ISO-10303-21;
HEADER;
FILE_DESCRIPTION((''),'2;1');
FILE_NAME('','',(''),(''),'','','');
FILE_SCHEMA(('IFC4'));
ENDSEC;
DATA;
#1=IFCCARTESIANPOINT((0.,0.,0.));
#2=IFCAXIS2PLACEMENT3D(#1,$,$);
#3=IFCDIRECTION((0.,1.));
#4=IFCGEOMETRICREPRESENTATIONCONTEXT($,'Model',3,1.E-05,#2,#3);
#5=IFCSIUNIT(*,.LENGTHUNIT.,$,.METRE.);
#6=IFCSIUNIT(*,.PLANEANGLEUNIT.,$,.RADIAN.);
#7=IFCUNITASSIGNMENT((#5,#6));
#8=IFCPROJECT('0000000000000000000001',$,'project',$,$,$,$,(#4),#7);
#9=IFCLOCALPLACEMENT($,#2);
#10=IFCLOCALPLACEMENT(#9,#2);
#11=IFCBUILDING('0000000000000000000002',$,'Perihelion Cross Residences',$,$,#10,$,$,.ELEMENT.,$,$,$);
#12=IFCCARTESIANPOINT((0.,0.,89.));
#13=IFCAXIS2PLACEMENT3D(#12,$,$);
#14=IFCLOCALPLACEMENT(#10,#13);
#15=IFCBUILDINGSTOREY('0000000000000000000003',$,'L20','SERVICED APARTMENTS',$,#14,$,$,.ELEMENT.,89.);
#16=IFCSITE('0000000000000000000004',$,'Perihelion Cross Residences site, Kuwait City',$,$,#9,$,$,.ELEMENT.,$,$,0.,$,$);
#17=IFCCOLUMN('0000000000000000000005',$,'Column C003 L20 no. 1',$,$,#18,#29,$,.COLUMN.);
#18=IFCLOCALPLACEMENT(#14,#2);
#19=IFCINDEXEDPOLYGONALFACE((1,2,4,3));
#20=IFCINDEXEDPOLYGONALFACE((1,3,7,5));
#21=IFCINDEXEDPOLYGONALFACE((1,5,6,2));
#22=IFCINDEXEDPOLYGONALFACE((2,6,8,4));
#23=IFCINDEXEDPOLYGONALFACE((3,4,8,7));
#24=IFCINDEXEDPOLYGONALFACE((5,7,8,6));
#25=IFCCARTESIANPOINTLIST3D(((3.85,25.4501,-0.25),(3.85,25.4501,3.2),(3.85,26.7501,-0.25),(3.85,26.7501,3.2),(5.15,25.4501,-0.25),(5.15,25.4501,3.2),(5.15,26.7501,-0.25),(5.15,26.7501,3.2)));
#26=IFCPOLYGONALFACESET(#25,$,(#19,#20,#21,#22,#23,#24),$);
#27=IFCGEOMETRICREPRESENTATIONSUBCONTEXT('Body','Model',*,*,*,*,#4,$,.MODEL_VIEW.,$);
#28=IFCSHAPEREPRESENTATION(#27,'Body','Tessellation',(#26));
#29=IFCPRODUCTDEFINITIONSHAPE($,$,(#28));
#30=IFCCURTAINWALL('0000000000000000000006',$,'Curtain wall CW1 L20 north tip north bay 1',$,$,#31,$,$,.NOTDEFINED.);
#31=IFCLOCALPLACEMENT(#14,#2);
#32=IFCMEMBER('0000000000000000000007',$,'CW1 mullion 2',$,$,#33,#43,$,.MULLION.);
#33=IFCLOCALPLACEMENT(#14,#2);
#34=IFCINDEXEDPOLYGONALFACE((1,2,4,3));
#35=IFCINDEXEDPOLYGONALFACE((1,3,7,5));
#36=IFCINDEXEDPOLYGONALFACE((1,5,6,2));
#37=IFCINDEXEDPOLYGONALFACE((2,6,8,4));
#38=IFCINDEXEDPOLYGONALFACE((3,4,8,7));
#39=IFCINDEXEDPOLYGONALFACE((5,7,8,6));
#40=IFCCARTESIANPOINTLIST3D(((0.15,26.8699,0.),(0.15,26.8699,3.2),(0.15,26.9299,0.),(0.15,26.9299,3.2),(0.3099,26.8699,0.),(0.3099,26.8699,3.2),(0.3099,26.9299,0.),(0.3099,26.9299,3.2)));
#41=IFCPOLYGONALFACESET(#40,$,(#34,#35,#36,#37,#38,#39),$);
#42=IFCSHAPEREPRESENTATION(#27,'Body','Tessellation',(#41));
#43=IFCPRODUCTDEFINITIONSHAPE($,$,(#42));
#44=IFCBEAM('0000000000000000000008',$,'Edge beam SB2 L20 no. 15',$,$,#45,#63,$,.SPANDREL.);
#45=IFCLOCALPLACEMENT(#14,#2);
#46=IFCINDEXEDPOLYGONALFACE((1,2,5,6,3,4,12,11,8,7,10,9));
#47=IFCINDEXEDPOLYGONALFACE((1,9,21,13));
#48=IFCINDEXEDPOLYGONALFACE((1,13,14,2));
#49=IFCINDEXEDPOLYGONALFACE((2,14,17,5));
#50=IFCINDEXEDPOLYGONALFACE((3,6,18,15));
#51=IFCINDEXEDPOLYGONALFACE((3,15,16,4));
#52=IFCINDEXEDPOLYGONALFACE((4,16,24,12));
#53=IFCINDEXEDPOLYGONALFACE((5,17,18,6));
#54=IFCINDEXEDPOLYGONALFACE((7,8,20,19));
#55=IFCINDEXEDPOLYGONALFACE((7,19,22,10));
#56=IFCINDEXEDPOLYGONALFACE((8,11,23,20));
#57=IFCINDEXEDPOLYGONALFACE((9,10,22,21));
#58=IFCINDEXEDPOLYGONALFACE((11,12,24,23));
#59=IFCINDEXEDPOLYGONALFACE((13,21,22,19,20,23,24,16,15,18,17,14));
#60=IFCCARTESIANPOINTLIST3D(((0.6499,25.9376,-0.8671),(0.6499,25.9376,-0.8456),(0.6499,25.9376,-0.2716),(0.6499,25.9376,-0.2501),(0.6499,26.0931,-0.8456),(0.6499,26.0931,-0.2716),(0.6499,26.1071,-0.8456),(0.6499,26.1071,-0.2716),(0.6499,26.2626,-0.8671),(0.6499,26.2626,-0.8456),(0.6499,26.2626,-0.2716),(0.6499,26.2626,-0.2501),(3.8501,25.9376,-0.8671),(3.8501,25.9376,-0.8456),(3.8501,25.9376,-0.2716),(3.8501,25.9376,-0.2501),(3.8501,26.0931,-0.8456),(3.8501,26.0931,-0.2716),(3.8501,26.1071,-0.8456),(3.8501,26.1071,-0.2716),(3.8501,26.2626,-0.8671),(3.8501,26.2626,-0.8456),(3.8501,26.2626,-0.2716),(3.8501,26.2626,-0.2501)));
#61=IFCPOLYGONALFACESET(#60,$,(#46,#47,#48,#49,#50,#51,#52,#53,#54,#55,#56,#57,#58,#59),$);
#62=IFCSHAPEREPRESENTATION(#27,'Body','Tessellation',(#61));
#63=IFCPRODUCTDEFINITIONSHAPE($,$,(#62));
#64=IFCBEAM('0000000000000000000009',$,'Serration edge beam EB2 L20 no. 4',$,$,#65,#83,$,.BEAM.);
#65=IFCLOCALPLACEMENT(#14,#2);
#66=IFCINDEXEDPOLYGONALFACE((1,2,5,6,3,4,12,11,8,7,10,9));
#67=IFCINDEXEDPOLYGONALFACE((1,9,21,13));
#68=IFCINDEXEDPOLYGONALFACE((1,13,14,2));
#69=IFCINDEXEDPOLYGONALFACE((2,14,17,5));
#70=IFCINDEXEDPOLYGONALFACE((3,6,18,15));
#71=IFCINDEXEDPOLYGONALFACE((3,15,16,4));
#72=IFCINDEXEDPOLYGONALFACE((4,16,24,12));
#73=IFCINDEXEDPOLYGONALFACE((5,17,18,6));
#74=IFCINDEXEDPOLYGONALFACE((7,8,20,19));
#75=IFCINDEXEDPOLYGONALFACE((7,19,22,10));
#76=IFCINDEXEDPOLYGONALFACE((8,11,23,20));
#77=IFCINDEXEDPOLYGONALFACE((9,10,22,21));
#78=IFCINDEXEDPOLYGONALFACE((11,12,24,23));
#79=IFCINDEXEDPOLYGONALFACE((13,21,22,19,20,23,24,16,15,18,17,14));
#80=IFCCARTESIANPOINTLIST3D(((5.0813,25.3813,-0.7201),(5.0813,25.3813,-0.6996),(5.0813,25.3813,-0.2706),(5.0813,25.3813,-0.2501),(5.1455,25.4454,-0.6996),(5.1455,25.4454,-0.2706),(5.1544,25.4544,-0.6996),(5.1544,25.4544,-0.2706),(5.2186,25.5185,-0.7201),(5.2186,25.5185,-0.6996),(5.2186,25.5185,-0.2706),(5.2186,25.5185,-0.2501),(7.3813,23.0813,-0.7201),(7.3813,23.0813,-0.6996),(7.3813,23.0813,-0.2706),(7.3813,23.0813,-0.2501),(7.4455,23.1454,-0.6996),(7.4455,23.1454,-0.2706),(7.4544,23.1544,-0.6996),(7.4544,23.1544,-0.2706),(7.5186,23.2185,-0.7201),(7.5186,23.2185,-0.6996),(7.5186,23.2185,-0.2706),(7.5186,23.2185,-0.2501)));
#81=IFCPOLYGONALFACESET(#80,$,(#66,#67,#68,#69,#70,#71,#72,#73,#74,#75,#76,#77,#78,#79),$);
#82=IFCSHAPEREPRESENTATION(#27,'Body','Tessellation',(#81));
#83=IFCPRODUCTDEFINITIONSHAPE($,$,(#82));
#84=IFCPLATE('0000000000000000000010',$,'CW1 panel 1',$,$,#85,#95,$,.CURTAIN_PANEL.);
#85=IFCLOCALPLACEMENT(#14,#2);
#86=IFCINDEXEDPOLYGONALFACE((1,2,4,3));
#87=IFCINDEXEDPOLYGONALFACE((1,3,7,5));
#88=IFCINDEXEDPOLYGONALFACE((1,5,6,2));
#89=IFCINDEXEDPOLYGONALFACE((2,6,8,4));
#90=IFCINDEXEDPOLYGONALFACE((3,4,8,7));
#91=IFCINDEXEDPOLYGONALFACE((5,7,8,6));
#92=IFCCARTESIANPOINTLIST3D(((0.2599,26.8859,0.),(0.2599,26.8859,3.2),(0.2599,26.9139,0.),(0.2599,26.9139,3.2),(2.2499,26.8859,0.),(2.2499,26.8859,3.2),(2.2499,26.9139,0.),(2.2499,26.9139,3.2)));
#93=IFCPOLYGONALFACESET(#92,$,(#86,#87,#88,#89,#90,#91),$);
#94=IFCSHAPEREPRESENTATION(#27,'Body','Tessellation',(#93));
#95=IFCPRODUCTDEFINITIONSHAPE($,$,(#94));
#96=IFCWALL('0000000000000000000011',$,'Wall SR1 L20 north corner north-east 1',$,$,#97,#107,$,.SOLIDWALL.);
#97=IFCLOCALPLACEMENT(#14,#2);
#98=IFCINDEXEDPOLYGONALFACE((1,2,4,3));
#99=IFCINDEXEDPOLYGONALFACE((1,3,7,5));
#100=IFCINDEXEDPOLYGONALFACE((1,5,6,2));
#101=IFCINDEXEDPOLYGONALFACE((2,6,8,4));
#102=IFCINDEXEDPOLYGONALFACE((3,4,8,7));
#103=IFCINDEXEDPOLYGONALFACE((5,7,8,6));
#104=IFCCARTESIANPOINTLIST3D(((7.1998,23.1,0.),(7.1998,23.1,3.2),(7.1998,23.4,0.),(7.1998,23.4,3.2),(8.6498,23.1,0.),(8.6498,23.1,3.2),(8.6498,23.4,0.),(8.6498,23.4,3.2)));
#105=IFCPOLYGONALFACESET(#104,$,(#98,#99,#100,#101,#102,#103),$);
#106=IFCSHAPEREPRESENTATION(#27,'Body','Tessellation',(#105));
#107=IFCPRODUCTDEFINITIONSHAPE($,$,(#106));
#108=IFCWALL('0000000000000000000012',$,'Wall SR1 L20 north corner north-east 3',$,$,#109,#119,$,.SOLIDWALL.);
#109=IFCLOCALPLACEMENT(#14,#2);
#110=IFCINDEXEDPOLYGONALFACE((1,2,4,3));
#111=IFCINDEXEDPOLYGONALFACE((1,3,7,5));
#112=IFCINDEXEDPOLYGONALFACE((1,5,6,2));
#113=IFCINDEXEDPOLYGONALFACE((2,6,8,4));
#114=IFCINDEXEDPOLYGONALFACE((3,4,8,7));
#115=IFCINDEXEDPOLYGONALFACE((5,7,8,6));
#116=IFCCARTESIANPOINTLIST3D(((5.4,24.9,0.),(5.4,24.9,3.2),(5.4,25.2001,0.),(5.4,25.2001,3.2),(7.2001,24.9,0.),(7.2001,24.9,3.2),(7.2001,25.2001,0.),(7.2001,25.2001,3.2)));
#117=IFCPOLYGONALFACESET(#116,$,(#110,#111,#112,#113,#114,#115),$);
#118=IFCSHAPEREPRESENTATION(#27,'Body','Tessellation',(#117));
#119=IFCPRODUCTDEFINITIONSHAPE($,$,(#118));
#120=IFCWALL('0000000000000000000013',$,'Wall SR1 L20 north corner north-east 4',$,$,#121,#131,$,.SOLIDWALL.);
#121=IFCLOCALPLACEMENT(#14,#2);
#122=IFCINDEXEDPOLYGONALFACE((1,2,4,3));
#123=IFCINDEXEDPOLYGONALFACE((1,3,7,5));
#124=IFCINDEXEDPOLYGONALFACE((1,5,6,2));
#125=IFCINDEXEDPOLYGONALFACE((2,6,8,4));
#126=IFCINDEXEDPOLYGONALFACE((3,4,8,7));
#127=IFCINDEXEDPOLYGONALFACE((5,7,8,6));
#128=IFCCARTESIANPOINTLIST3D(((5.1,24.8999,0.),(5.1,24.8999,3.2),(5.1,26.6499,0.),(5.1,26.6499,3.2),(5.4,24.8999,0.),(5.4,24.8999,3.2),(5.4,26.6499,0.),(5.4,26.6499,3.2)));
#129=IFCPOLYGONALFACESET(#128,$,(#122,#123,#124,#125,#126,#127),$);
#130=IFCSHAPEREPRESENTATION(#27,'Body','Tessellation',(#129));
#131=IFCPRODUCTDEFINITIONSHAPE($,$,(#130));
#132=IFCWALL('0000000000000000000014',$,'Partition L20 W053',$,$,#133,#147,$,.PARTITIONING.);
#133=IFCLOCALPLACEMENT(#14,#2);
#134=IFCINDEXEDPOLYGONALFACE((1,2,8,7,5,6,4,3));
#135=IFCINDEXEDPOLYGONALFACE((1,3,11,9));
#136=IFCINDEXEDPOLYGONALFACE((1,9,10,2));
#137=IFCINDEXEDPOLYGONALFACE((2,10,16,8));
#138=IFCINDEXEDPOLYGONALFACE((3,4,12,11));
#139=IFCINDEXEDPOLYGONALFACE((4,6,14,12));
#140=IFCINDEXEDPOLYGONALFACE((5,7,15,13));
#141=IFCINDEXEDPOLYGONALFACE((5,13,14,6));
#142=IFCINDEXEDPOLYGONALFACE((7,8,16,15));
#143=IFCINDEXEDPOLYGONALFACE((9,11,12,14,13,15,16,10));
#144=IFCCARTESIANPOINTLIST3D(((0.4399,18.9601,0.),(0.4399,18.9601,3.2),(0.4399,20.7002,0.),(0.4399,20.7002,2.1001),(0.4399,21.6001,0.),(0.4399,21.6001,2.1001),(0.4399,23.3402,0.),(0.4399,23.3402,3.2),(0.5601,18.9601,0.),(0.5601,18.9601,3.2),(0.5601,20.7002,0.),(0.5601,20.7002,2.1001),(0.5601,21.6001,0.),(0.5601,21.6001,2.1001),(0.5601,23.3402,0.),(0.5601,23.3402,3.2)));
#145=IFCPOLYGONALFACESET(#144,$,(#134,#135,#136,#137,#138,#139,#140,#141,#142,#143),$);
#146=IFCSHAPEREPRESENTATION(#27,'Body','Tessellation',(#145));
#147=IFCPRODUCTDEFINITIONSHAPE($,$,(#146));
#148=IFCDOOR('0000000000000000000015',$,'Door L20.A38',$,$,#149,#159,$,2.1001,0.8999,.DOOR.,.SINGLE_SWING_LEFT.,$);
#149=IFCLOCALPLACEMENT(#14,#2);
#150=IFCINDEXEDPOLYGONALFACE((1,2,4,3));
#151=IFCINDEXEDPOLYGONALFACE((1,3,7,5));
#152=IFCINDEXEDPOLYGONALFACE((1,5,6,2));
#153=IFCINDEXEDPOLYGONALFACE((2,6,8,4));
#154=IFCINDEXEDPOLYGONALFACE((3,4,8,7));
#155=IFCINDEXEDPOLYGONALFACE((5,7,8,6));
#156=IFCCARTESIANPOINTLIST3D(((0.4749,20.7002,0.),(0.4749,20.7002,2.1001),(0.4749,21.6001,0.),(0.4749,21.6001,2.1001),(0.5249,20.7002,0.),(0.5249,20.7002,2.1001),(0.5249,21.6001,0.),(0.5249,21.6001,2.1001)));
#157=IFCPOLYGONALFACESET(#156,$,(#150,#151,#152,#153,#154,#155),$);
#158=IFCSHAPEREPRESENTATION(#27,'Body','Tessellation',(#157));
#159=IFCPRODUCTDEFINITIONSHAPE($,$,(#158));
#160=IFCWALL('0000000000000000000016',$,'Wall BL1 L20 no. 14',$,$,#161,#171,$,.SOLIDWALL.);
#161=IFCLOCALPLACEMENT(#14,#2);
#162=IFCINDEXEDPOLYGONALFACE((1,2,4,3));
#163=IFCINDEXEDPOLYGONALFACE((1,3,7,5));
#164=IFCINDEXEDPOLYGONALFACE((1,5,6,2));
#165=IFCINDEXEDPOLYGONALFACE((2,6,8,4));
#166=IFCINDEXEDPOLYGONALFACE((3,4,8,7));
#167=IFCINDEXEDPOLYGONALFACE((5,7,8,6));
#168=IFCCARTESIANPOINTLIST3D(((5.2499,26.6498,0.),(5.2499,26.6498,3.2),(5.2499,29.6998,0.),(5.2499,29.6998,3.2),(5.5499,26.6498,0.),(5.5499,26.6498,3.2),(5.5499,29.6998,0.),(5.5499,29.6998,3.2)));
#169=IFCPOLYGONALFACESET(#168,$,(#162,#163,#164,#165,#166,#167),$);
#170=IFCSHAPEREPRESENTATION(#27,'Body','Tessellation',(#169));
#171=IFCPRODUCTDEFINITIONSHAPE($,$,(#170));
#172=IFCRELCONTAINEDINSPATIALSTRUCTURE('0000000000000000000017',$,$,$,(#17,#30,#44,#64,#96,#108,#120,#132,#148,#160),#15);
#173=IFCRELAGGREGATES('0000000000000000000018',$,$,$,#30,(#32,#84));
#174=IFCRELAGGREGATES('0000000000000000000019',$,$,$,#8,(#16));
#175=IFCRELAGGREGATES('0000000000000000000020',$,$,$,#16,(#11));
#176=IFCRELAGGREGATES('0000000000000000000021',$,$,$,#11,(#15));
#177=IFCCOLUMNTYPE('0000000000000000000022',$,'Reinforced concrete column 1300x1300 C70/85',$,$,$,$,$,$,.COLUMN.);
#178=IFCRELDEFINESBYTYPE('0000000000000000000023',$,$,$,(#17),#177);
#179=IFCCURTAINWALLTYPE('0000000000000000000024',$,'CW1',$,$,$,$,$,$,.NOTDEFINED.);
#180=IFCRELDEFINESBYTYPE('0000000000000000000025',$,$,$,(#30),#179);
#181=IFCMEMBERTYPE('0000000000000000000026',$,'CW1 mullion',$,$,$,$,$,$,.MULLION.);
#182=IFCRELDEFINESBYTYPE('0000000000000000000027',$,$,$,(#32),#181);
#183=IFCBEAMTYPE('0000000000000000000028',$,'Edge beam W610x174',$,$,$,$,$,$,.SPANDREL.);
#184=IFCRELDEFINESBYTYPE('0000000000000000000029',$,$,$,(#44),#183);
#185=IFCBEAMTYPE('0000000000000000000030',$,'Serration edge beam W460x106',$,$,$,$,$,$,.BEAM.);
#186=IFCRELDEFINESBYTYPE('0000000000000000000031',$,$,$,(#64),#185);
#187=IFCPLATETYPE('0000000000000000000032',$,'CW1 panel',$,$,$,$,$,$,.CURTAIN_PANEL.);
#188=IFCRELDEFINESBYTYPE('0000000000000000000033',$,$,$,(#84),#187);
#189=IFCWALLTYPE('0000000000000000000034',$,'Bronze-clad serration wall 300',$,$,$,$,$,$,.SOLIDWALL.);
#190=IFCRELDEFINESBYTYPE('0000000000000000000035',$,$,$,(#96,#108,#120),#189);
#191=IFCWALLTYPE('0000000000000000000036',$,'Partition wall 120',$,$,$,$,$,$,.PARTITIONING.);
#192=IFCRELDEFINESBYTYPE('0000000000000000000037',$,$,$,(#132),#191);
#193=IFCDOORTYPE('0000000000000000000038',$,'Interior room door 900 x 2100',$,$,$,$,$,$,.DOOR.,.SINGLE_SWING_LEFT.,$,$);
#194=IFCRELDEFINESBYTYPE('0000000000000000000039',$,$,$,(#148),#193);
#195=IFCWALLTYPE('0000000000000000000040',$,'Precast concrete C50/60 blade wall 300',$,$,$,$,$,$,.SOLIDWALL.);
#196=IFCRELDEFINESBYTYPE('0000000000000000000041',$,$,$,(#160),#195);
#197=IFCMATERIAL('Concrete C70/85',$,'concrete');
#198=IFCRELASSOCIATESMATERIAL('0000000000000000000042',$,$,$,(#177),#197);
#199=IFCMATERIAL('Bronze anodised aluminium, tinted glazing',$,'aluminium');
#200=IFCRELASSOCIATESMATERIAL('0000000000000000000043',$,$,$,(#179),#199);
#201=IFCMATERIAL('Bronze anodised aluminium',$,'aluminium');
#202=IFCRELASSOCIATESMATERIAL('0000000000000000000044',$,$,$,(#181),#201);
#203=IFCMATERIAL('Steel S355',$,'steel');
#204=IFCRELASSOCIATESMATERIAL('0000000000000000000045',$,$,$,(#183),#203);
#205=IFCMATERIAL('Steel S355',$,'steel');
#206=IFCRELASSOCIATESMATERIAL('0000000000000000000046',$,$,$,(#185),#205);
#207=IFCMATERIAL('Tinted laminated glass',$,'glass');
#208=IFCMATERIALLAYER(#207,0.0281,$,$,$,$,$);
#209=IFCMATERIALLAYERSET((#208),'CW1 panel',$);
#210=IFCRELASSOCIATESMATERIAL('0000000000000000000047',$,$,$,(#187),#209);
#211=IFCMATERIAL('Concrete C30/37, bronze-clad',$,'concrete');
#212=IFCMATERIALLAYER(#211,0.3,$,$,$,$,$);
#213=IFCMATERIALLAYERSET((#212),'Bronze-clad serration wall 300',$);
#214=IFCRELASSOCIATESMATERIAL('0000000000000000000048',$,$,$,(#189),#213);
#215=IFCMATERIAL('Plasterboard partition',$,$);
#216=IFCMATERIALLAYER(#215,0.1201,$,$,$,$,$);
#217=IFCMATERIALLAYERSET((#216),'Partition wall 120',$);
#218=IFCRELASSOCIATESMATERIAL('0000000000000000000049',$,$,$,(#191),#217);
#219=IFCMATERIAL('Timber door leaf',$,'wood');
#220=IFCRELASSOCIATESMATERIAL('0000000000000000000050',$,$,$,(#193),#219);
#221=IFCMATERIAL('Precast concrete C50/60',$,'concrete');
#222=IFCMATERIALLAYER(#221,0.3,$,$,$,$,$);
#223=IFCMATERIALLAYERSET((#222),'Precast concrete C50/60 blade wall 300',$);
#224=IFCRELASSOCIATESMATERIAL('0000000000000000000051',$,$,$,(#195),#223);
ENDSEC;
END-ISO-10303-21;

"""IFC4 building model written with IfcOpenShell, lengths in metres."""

from ifc_helpers import new_model, si_unit, direction, frame, frame_2d, origin, origin_2d, place, context, subcontext, project, spatial, rectangle, i_section, extrude, material, layer, layer_set, material_profile, profile_set, type_object, element, fill, aggregate, save


model = new_model("IFC4")

# Units and contexts
model_context = context("Model", 3, precision=1e-05, world=origin(), true_north=direction((0.0, 1.0)))
body_context = subcontext(model_context, "Body", "Model", "MODEL_VIEW")
ifc_project = project(units=[si_unit("LENGTHUNIT", "METRE"), si_unit("PLANEANGLEUNIT", "RADIAN")], contexts=[model_context])

# Site, building, storey
site_placement = place(None, origin())
site = spatial("IfcSite", under=ifc_project, at=site_placement, Name="Perihelion Cross Residences site, Kuwait City", CompositionType="ELEMENT", RefElevation=0.0)
building_placement = place(site_placement, origin())
building = spatial("IfcBuilding", under=site, at=building_placement, Name="Perihelion Cross Residences", CompositionType="ELEMENT")
storey_placement = place(building_placement, frame((0.0, 0.0, 89.0)))
storey = spatial("IfcBuildingStorey", under=building, at=storey_placement, Name="L20", Description="SERVICED APARTMENTS", CompositionType="ELEMENT", Elevation=89.0)

# Column
ifc_material_1 = material(Name="Concrete C70/85", Category="concrete")
ifc_material_profile_1 = material_profile(ifc_material_1, rectangle(XDim=1.3, YDim=1.3, at=origin_2d()), Name="RC 1300x1300")
ifc_profile_set_1 = profile_set([ifc_material_profile_1], Name="Concrete C70/85")
column_type = type_object("IfcColumnType", Name="Reinforced concrete column 1300x1300 C70/85", PredefinedType="COLUMN", material=ifc_profile_set_1)
column_placement = place(storey_placement, frame((4.5, 26.1001, -0.25), z_axis=(0.0, 0.0, 1.0), x_axis=(1.0, 0.0, 0.0)))
element("IfcColumn", 1, at=column_placement, inside=storey, type_object=column_type, Name="Column C003 L20 no. 1", PredefinedType="COLUMN", context=body_context, shape_type="SweptSolid", body=[
    extrude(rectangle(XDim=1.3, YDim=1.3, at=origin_2d()), origin(), (0.0, 0.0, 1.0), 3.45),
])

# Curtain wall, member
ifc_material_2 = material(Name="Bronze anodised aluminium, tinted glazing", Category="aluminium")
curtain_wall_type = type_object("IfcCurtainWallType", Name="CW1", PredefinedType="NOTDEFINED", material=ifc_material_2)
curtain_wall_placement = place(storey_placement, origin())
curtain_wall = element("IfcCurtainWall", 2, at=curtain_wall_placement, inside=storey, type_object=curtain_wall_type, Name="Curtain wall CW1 L20 north tip north bay 1", PredefinedType="NOTDEFINED")
ifc_material_3 = material(Name="Bronze anodised aluminium", Category="aluminium")
ifc_material_profile_2 = material_profile(ifc_material_3, rectangle(XDim=0.0601, YDim=0.1599, at=origin_2d()), Name="CW1 mullion")
ifc_profile_set_2 = profile_set([ifc_material_profile_2], Name="Bronze anodised aluminium")
member_type = type_object("IfcMemberType", Name="CW1 mullion", PredefinedType="MULLION", material=ifc_profile_set_2)
member_placement = place(storey_placement, frame((0.23, 26.8999, 0.0), z_axis=(0.0, 0.0, 1.0), x_axis=(0.0, -1.0, 0.0)))
member = element("IfcMember", 3, at=member_placement, type_object=member_type, Name="CW1 mullion 2", PredefinedType="MULLION", context=body_context, shape_type="SweptSolid", body=[
    extrude(rectangle(XDim=0.0601, YDim=0.1599, at=origin_2d()), origin(), (0.0, 0.0, 1.0), 3.2),
])

# Beams
ifc_material_4 = material(Name="Steel S355", Category="steel")
ifc_material_profile_3 = material_profile(ifc_material_4, i_section(OverallWidth=0.325, OverallDepth=0.6169, WebThickness=0.0139, FlangeThickness=0.0215, at=origin_2d()), Name="W610x174")
ifc_profile_set_3 = profile_set([ifc_material_profile_3], Name="Steel S355")
beam_type_1 = type_object("IfcBeamType", Name="Edge beam W610x174", PredefinedType="SPANDREL", material=ifc_profile_set_3)
beam_1_placement = place(storey_placement, frame((3.8501, 26.1001, -0.5586), z_axis=(-1.0, 0.0, 0.0), x_axis=(0.0, -1.0, 0.0)))
element("IfcBeam", 4, at=beam_1_placement, inside=storey, type_object=beam_type_1, Name="Edge beam SB2 L20 no. 15", PredefinedType="SPANDREL", context=body_context, shape_type="SweptSolid", body=[
    extrude(i_section(OverallWidth=0.325, OverallDepth=0.6169, WebThickness=0.0139, FlangeThickness=0.0215, at=origin_2d()), origin(), (0.0, 0.0, 1.0), 3.2002),
])
ifc_material_5 = material(Name="Steel S355", Category="steel")
ifc_material_profile_4 = material_profile(ifc_material_5, i_section(OverallWidth=0.1941, OverallDepth=0.47, WebThickness=0.0127, FlangeThickness=0.0205, at=origin_2d()), Name="W460x106")
ifc_profile_set_4 = profile_set([ifc_material_profile_4], Name="Steel S355")
beam_type_2 = type_object("IfcBeamType", Name="Serration edge beam W460x106", PredefinedType="BEAM", material=ifc_profile_set_4)
beam_2_placement = place(storey_placement, frame((7.45, 23.1499, -0.4851), z_axis=(-0.707107, 0.707107, 0.0), x_axis=(-0.707107, -0.707107, 0.0)))
element("IfcBeam", 5, at=beam_2_placement, inside=storey, type_object=beam_type_2, Name="Serration edge beam EB2 L20 no. 4", PredefinedType="BEAM", context=body_context, shape_type="SweptSolid", body=[
    extrude(i_section(OverallWidth=0.1941, OverallDepth=0.47, WebThickness=0.0127, FlangeThickness=0.0205, at=origin_2d()), origin(), (0.0, 0.0, 1.0), 3.2527),
])

# Plate
ifc_material_6 = material(Name="Tinted laminated glass", Category="glass")
ifc_layer_1 = layer(ifc_material_6, 0.0281)
ifc_layer_set_1 = layer_set([ifc_layer_1], Name="CW1 panel")
plate_type = type_object("IfcPlateType", Name="CW1 panel", PredefinedType="CURTAIN_PANEL", material=ifc_layer_set_1)
plate_placement = place(storey_placement, frame((1.2549, 26.8999, 0.0), z_axis=(0.0, 0.0, 1.0), x_axis=(-1.0, 0.0, 0.0)))
plate = element("IfcPlate", 6, at=plate_placement, type_object=plate_type, Name="CW1 panel 1", PredefinedType="CURTAIN_PANEL", context=body_context, shape_type="SweptSolid", body=[
    extrude(rectangle(XDim=1.99, YDim=0.0281, at=origin_2d()), origin(), (0.0, 0.0, 1.0), 3.2),
])
aggregate(curtain_wall, [member, plate])

# Walls
ifc_material_7 = material(Name="Concrete C30/37, bronze-clad", Category="concrete")
ifc_layer_2 = layer(ifc_material_7, 0.3)
ifc_layer_set_2 = layer_set([ifc_layer_2], Name="Bronze-clad serration wall 300")
wall_type_1 = type_object("IfcWallType", Name="Bronze-clad serration wall 300", PredefinedType="SOLIDWALL", material=ifc_layer_set_2)
wall_1_placement = place(storey_placement, frame((8.6499, 23.25, 0.0), z_axis=(0.0, 0.0, 1.0), x_axis=(-1.0, 0.0, 0.0)))
element("IfcWall", 7, at=wall_1_placement, inside=storey, type_object=wall_type_1, Name="Wall SR1 L20 north corner north-east 1", PredefinedType="SOLIDWALL", context=body_context, shape_type="SweptSolid", body=[
    extrude(rectangle(XDim=1.45, YDim=0.3, at=frame_2d((0.7251, 0.0))), origin(), (0.0, 0.0, 1.0), 3.2),
])
wall_2_placement = place(storey_placement, frame((7.2, 25.05, 0.0), z_axis=(0.0, 0.0, 1.0), x_axis=(-1.0, 0.0, 0.0)))
element("IfcWall", 8, at=wall_2_placement, inside=storey, type_object=wall_type_1, Name="Wall SR1 L20 north corner north-east 3", PredefinedType="SOLIDWALL", context=body_context, shape_type="SweptSolid", body=[
    extrude(rectangle(XDim=1.8, YDim=0.3, at=frame_2d((0.8999, 0.0))), origin(), (0.0, 0.0, 1.0), 3.2),
])
wall_3_placement = place(storey_placement, frame((5.25, 24.8999, 0.0), z_axis=(0.0, 0.0, 1.0), x_axis=(0.0, 1.0, 0.0)))
element("IfcWall", 9, at=wall_3_placement, inside=storey, type_object=wall_type_1, Name="Wall SR1 L20 north corner north-east 4", PredefinedType="SOLIDWALL", context=body_context, shape_type="SweptSolid", body=[
    extrude(rectangle(XDim=1.75, YDim=0.3, at=frame_2d((0.875, 0.0))), origin(), (0.0, 0.0, 1.0), 3.2),
])

# Wall, opening, door
ifc_material_8 = material(Name="Plasterboard partition")
ifc_layer_3 = layer(ifc_material_8, 0.1201)
ifc_layer_set_3 = layer_set([ifc_layer_3], Name="Partition wall 120")
wall_type_2 = type_object("IfcWallType", Name="Partition wall 120", PredefinedType="PARTITIONING", material=ifc_layer_set_3)
wall_4_placement = place(storey_placement, frame((0.5, 23.3401, 0.0), z_axis=(0.0, 0.0, 1.0), x_axis=(0.0, -1.0, 0.0)))
wall_4 = element("IfcWall", 10, at=wall_4_placement, inside=storey, type_object=wall_type_2, Name="Partition L20 W053", PredefinedType="PARTITIONING", context=body_context, shape_type="SweptSolid", body=[
    extrude(rectangle(XDim=4.3801, YDim=0.1201, at=frame_2d((2.1899, 0.0))), origin(), (0.0, 0.0, 1.0), 3.2),
])
opening_1_placement = place(wall_4_placement, frame((1.74, 0.0, 0.0)))
opening_1 = element("IfcOpeningElement", 11, at=opening_1_placement, cuts=wall_4, PredefinedType="OPENING", context=body_context, shape_type="SweptSolid", body=[
    extrude(rectangle(XDim=0.8999, YDim=2.1001, at=frame_2d((0.45, 1.05))), frame((0.0, 0.0701, 0.0), z_axis=(0.0, -1.0, 0.0), x_axis=(1.0, 0.0, 0.0)), (0.0, 0.0, 1.0), 0.1401),
])
ifc_material_9 = material(Name="Timber door leaf", Category="wood")
door_type_1 = type_object("IfcDoorType", Name="Interior room door 900 x 2100", OperationType="SINGLE_SWING_LEFT", PredefinedType="DOOR", material=ifc_material_9)
door_1_placement = place(opening_1_placement, origin())
door_1 = element("IfcDoor", 12, at=door_1_placement, inside=storey, type_object=door_type_1, Name="Door L20.A38", OperationType="SINGLE_SWING_LEFT", OverallHeight=2.1001, OverallWidth=0.8999, PredefinedType="DOOR", context=body_context, shape_type="SweptSolid", body=[
    extrude(rectangle(XDim=0.8999, YDim=2.1001, at=frame_2d((0.45, 1.05))), frame((0.0, 0.0249, 0.0), z_axis=(0.0, -1.0, 0.0), x_axis=(1.0, 0.0, 0.0)), (0.0, 0.0, 1.0), 0.05),
])
fill(opening_1, door_1)

# Wall
ifc_material_10 = material(Name="Precast concrete C50/60", Category="concrete")
ifc_layer_4 = layer(ifc_material_10, 0.3)
ifc_layer_set_4 = layer_set([ifc_layer_4], Name="Precast concrete C50/60 blade wall 300")
wall_type_3 = type_object("IfcWallType", Name="Precast concrete C50/60 blade wall 300", PredefinedType="SOLIDWALL", material=ifc_layer_set_4)
for number, where, z_axis, x_axis, name in (
    (13, (5.3999, 26.6499, 0.0), (0.0, 0.0, 1.0), (0.0, 1.0, 0.0), "Wall BL1 L20 no. 14"),
):
    element("IfcWall", number, at=place(storey_placement, frame(where, z_axis=z_axis, x_axis=x_axis)), inside=storey, type_object=wall_type_3, Name=name, PredefinedType="SOLIDWALL", context=body_context, shape_type="SweptSolid", body=[
        extrude(rectangle(XDim=3.05, YDim=0.3, at=frame_2d((1.5249, 0.0))), origin(), (0.0, 0.0, 1.0), 3.2),
    ])

save(model, "model.ifc")
